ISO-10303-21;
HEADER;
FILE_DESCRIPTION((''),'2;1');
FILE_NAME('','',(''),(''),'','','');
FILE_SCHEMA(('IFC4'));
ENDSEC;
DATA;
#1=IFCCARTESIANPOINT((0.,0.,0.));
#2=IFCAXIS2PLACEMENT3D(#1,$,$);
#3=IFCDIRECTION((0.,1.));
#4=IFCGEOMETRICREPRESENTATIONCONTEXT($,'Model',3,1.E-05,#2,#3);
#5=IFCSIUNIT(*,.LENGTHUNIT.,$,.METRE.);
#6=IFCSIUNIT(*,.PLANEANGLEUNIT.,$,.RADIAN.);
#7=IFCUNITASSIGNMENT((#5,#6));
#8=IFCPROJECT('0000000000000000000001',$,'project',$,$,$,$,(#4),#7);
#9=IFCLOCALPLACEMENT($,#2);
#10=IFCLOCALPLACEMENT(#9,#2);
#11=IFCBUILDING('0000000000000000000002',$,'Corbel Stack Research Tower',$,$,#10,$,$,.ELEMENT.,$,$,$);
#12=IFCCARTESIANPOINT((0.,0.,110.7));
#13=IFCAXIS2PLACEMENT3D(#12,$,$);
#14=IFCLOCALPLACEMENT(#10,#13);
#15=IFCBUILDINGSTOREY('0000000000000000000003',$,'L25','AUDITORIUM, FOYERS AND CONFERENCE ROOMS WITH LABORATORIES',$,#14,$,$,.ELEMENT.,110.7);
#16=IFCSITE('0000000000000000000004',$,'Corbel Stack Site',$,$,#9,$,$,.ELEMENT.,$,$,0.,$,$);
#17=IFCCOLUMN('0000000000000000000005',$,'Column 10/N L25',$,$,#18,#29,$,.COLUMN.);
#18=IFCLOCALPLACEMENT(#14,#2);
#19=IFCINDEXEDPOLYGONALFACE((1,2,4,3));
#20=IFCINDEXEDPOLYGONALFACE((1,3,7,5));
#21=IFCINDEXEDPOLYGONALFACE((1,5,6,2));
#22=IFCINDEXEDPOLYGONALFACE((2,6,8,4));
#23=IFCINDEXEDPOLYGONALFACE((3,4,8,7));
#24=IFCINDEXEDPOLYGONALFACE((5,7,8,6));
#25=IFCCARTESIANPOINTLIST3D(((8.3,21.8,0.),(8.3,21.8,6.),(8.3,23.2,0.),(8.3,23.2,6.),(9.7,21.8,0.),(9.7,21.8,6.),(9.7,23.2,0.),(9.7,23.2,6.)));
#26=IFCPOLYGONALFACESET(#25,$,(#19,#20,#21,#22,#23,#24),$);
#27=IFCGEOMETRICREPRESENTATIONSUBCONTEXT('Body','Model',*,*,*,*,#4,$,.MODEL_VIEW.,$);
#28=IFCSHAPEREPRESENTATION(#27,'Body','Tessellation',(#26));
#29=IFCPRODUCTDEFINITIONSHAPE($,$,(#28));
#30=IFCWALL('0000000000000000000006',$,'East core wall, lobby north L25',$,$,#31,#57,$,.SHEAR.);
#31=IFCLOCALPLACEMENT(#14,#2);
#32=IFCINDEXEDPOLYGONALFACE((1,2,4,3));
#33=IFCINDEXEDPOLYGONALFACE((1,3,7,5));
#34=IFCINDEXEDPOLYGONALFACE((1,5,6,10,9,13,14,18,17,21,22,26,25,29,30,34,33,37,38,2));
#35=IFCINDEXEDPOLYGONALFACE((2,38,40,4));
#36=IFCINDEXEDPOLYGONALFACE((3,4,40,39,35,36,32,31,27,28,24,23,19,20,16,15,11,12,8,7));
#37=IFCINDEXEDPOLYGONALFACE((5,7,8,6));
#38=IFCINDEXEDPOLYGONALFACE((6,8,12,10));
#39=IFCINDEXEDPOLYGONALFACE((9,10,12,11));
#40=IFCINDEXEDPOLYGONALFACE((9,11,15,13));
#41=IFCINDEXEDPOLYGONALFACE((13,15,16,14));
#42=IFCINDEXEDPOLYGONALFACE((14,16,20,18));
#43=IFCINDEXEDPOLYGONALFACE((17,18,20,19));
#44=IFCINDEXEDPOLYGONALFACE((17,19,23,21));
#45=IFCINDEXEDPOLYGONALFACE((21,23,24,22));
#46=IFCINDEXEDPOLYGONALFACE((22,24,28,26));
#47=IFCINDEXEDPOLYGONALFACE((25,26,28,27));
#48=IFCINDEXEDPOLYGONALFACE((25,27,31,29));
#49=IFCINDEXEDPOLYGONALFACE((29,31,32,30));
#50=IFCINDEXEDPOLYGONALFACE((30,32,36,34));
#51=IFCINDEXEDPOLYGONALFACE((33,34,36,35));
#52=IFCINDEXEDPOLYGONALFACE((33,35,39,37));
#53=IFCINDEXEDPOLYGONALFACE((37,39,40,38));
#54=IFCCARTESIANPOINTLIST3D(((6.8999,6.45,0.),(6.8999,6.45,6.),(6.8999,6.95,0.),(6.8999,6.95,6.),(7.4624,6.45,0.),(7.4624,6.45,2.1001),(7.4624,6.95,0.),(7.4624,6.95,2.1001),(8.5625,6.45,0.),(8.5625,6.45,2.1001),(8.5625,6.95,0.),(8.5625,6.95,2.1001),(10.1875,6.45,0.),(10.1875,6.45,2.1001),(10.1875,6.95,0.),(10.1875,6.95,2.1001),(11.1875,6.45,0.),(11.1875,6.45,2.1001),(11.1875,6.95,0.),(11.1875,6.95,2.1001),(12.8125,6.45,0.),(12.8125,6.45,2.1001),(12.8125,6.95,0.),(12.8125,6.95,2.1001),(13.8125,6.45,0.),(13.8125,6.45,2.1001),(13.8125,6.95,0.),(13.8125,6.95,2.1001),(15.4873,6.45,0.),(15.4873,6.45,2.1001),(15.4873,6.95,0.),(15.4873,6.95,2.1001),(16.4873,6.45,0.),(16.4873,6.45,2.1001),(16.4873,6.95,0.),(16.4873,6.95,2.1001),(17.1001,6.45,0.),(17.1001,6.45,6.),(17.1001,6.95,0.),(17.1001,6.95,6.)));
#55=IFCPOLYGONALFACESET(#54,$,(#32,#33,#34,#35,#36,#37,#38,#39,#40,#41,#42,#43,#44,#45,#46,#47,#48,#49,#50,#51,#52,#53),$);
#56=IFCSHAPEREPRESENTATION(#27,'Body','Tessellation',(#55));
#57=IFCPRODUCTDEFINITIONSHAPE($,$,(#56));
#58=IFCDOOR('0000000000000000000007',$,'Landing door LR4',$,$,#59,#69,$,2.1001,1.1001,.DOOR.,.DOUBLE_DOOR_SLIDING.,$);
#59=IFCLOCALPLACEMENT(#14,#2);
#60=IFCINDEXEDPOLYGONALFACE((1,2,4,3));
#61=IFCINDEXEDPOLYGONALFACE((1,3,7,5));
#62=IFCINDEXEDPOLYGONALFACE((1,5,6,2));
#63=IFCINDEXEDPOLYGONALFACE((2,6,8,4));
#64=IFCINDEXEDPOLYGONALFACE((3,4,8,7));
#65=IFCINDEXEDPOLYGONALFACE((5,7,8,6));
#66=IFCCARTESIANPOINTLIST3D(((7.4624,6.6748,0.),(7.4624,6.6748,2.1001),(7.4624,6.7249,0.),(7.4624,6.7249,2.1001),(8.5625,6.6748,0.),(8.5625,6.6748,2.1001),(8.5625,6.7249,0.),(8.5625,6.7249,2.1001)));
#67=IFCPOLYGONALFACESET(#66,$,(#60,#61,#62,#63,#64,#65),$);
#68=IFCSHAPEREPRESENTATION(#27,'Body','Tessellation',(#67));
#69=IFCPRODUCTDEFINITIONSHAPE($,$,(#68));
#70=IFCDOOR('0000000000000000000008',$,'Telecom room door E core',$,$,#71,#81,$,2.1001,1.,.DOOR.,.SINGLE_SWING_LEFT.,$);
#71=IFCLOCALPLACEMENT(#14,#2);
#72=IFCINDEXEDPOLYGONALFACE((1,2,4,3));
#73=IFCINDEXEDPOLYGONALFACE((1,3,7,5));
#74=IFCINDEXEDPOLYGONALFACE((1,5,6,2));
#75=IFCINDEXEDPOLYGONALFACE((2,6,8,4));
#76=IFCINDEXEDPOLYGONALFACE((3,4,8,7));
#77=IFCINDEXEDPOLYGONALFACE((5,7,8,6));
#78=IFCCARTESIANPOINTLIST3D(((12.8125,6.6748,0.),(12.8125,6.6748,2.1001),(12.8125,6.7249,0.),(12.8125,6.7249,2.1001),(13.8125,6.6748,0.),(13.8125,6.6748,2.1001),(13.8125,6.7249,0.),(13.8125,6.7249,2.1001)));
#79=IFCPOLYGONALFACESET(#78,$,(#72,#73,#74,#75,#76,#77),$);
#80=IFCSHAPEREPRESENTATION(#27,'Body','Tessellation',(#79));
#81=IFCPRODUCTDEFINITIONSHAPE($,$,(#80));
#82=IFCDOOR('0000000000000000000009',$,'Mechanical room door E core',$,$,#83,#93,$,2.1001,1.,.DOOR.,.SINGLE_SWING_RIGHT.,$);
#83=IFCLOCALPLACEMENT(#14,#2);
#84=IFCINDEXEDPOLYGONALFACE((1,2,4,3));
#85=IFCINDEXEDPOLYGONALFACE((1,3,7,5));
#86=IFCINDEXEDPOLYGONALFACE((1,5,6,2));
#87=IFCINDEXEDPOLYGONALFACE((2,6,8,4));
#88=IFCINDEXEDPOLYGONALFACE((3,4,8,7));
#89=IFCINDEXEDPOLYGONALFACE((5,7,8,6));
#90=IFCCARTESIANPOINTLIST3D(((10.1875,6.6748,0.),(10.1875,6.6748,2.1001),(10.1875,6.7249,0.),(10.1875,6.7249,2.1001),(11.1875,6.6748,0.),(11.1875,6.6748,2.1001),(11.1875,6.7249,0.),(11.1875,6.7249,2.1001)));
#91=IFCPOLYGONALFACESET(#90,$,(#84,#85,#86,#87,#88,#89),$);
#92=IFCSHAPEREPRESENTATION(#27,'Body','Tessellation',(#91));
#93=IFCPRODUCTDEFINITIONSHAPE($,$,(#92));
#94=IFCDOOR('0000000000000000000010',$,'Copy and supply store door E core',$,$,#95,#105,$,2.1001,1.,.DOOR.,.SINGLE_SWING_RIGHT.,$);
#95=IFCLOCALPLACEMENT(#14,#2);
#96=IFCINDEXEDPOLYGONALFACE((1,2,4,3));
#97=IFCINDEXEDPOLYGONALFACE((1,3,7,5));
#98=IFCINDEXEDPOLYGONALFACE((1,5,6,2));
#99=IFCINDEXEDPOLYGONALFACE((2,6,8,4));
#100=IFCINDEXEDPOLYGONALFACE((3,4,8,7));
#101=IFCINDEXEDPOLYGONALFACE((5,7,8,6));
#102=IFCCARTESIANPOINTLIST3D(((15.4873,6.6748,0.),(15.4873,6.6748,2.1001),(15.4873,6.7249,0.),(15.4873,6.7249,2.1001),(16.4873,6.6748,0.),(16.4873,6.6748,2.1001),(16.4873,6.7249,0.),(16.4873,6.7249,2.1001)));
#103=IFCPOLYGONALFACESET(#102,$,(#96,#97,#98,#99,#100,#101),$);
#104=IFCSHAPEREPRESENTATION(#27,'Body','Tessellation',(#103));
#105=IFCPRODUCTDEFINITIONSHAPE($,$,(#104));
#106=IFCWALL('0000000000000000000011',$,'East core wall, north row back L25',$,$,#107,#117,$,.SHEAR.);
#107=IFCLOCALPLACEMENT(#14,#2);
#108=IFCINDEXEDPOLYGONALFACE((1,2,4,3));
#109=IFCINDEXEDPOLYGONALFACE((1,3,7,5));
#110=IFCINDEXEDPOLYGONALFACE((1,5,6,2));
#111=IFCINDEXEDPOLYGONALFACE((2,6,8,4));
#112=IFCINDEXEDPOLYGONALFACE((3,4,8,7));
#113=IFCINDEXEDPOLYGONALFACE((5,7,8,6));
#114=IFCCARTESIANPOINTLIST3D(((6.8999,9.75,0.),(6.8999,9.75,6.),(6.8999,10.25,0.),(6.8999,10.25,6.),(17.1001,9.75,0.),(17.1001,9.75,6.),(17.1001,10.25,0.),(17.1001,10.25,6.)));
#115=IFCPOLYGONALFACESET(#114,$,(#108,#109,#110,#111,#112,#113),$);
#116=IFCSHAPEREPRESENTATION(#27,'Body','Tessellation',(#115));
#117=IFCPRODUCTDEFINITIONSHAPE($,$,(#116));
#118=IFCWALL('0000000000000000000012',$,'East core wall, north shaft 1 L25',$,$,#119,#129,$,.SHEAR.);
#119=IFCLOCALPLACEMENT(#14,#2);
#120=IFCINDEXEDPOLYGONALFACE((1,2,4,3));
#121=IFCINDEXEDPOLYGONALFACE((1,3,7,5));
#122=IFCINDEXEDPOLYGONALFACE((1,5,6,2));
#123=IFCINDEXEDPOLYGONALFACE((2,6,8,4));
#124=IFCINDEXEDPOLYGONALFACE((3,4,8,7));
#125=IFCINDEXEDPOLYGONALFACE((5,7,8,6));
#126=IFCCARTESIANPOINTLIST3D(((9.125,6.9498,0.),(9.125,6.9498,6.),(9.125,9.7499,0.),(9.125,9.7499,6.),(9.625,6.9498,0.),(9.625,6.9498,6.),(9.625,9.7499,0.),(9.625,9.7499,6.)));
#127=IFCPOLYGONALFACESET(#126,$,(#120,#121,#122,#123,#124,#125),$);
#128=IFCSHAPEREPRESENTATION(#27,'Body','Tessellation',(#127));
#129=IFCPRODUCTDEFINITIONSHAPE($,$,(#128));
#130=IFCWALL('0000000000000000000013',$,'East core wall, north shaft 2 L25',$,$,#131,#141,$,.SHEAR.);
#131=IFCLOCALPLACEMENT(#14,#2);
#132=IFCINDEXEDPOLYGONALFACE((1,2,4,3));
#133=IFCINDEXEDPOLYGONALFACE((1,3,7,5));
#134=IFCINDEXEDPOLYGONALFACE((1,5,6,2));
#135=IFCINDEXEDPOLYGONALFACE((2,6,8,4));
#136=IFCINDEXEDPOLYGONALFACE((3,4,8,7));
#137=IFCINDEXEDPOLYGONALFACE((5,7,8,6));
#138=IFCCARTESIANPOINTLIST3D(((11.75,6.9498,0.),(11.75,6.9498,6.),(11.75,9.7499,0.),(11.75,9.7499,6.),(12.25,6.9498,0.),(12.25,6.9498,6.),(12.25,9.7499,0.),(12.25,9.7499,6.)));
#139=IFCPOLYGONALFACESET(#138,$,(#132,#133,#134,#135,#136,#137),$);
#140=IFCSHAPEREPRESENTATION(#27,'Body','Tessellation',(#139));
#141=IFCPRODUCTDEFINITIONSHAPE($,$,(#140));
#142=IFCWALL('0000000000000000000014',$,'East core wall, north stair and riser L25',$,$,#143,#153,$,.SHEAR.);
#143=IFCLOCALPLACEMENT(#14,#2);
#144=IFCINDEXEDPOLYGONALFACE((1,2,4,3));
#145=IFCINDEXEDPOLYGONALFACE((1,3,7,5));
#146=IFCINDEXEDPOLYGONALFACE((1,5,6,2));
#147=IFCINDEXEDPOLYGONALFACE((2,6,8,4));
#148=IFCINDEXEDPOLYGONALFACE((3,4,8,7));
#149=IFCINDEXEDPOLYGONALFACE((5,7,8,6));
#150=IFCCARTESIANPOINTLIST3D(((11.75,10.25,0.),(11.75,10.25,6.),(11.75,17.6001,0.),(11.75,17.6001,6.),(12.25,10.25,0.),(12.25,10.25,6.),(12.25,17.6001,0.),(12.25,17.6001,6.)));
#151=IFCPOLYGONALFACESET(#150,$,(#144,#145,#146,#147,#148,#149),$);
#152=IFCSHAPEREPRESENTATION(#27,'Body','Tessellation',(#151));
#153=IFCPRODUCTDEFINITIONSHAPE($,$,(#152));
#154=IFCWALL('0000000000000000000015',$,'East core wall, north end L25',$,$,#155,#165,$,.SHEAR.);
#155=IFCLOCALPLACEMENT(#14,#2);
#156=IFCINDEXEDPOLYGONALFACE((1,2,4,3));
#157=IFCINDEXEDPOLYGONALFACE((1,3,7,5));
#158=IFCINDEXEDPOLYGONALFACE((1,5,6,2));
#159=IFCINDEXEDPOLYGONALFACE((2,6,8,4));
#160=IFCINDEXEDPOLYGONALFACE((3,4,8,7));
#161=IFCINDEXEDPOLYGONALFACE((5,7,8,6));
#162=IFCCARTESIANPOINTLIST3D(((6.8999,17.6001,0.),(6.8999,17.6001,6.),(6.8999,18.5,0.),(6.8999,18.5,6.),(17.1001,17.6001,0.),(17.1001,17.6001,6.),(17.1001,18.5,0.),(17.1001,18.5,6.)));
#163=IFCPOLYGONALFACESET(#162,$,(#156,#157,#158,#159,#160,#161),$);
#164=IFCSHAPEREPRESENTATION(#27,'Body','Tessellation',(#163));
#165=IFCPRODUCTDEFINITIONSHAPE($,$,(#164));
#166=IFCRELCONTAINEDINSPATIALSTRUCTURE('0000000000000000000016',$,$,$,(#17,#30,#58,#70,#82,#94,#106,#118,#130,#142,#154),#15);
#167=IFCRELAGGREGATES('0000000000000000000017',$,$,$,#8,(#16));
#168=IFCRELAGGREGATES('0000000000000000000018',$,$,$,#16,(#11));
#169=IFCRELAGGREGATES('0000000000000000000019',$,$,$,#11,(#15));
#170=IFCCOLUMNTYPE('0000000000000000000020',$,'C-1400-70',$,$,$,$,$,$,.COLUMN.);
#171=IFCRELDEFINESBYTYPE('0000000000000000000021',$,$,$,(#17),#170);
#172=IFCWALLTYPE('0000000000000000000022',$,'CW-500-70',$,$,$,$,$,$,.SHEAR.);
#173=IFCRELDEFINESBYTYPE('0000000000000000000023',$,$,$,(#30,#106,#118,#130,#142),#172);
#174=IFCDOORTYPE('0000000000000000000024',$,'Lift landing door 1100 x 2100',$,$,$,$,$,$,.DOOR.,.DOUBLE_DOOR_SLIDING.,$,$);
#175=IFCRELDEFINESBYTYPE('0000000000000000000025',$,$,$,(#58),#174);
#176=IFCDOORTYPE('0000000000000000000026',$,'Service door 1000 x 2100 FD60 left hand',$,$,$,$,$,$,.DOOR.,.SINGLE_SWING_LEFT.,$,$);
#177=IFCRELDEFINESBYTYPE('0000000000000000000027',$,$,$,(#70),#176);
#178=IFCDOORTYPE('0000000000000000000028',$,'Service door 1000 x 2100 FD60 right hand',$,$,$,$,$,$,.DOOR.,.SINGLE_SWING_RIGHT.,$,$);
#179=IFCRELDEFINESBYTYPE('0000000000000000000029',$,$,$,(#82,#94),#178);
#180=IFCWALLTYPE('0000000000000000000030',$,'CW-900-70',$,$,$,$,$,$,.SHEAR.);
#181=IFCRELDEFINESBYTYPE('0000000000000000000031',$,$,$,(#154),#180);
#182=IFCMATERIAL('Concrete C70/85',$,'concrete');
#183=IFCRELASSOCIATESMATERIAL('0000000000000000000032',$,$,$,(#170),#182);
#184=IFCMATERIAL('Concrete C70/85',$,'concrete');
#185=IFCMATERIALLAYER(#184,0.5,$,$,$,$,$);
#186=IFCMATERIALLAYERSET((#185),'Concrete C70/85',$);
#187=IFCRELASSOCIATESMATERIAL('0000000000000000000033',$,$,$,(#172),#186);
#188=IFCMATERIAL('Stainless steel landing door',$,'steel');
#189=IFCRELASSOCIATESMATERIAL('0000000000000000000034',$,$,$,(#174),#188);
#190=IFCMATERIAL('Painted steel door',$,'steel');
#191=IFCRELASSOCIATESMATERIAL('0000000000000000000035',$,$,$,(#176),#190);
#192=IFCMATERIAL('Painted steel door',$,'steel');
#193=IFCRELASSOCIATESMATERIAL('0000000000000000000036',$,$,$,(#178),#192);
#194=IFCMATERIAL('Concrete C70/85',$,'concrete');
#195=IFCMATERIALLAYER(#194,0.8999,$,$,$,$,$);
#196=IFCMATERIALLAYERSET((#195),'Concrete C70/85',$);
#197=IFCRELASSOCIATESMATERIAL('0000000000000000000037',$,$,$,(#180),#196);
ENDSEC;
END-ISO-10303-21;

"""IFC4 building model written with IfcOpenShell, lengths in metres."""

from ifc_helpers import new_model, si_unit, direction, frame, frame_2d, origin, origin_2d, place, context, subcontext, project, spatial, rectangle, extrude, material, layer, layer_set, material_profile, profile_set, type_object, element, fill, save


model = new_model("IFC4")

# Units and contexts
model_context = context("Model", 3, precision=1e-05, world=origin(), true_north=direction((0.0, 1.0)))
body_context = subcontext(model_context, "Body", "Model", "MODEL_VIEW")
ifc_project = project(units=[si_unit("LENGTHUNIT", "METRE"), si_unit("PLANEANGLEUNIT", "RADIAN")], contexts=[model_context])

# Site, building, storey
site_placement = place(None, origin())
site = spatial("IfcSite", under=ifc_project, at=site_placement, Name="Corbel Stack Site", CompositionType="ELEMENT", RefElevation=0.0)
building_placement = place(site_placement, origin())
building = spatial("IfcBuilding", under=site, at=building_placement, Name="Corbel Stack Research Tower", CompositionType="ELEMENT")
storey_placement = place(building_placement, frame((0.0, 0.0, 110.7)))
storey = spatial("IfcBuildingStorey", under=building, at=storey_placement, Name="L25", Description="AUDITORIUM, FOYERS AND CONFERENCE ROOMS WITH LABORATORIES", CompositionType="ELEMENT", Elevation=110.7)

# Column
ifc_material_1 = material(Name="Concrete C70/85", Category="concrete")
ifc_material_profile = material_profile(ifc_material_1, rectangle(XDim=1.3999, YDim=1.3999, at=origin_2d()), Name="RC 1400 x 1400")
ifc_profile_set = profile_set([ifc_material_profile], Name="Concrete C70/85")
column_type = type_object("IfcColumnType", Name="C-1400-70", PredefinedType="COLUMN", material=ifc_profile_set)
column_placement = place(storey_placement, frame((9.0, 22.5, 0.0), z_axis=(0.0, 0.0, 1.0), x_axis=(1.0, 0.0, 0.0)))
element("IfcColumn", 1, at=column_placement, inside=storey, type_object=column_type, Name="Column 10/N L25", PredefinedType="COLUMN", context=body_context, shape_type="SweptSolid", body=[
    extrude(rectangle(XDim=1.3999, YDim=1.3999, at=origin_2d()), origin(), (0.0, 0.0, 1.0), 6.0),
])

# Wall, openings, doors
ifc_material_2 = material(Name="Concrete C70/85", Category="concrete")
ifc_layer_1 = layer(ifc_material_2, 0.5)
ifc_layer_set_1 = layer_set([ifc_layer_1], Name="Concrete C70/85")
wall_type_1 = type_object("IfcWallType", Name="CW-500-70", PredefinedType="SHEAR", material=ifc_layer_set_1)
wall_1_placement = place(storey_placement, frame((6.8999, 6.7, 0.0), z_axis=(0.0, 0.0, 1.0), x_axis=(1.0, 0.0, 0.0)))
wall_1 = element("IfcWall", 2, at=wall_1_placement, inside=storey, type_object=wall_type_1, Name="East core wall, lobby north L25", PredefinedType="SHEAR", context=body_context, shape_type="SweptSolid", body=[
    extrude(rectangle(XDim=10.2002, YDim=0.5, at=frame_2d((5.1001, 0.0))), origin(), (0.0, 0.0, 1.0), 6.0),
])
opening_1_placement = place(wall_1_placement, frame((0.5625, 0.0, 0.0)))
opening_1 = element("IfcOpeningElement", 3, at=opening_1_placement, cuts=wall_1, PredefinedType="OPENING", context=body_context, shape_type="SweptSolid", body=[
    extrude(rectangle(XDim=1.1001, YDim=2.1001, at=frame_2d((0.55, 1.05))), frame((0.0, 0.26, 0.0), z_axis=(0.0, -1.0, 0.0), x_axis=(1.0, 0.0, 0.0)), (0.0, 0.0, 1.0), 0.52),
])
opening_2_placement = place(wall_1_placement, frame((3.2876, 0.0, 0.0)))
opening_2 = element("IfcOpeningElement", 4, at=opening_2_placement, cuts=wall_1, PredefinedType="OPENING", context=body_context, shape_type="SweptSolid", body=[
    extrude(rectangle(XDim=1.0, YDim=2.1001, at=frame_2d((0.5, 1.05))), frame((0.0, 0.26, 0.0), z_axis=(0.0, -1.0, 0.0), x_axis=(1.0, 0.0, 0.0)), (0.0, 0.0, 1.0), 0.52),
])
opening_3_placement = place(wall_1_placement, frame((5.9126, 0.0, 0.0)))
opening_3 = element("IfcOpeningElement", 5, at=opening_3_placement, cuts=wall_1, PredefinedType="OPENING", context=body_context, shape_type="SweptSolid", body=[
    extrude(rectangle(XDim=1.0, YDim=2.1001, at=frame_2d((0.5, 1.05))), frame((0.0, 0.26, 0.0), z_axis=(0.0, -1.0, 0.0), x_axis=(1.0, 0.0, 0.0)), (0.0, 0.0, 1.0), 0.52),
])
opening_4_placement = place(wall_1_placement, frame((8.5874, 0.0, 0.0)))
opening_4 = element("IfcOpeningElement", 6, at=opening_4_placement, cuts=wall_1, PredefinedType="OPENING", context=body_context, shape_type="SweptSolid", body=[
    extrude(rectangle(XDim=1.0, YDim=2.1001, at=frame_2d((0.5, 1.05))), frame((0.0, 0.26, 0.0), z_axis=(0.0, -1.0, 0.0), x_axis=(1.0, 0.0, 0.0)), (0.0, 0.0, 1.0), 0.52),
])
ifc_material_3 = material(Name="Stainless steel landing door", Category="steel")
door_type_1 = type_object("IfcDoorType", Name="Lift landing door 1100 x 2100", OperationType="DOUBLE_DOOR_SLIDING", PredefinedType="DOOR", material=ifc_material_3)
door_1_placement = place(opening_1_placement, origin())
door_1 = element("IfcDoor", 7, at=door_1_placement, inside=storey, type_object=door_type_1, Name="Landing door LR4", OperationType="DOUBLE_DOOR_SLIDING", OverallHeight=2.1001, OverallWidth=1.1001, PredefinedType="DOOR", context=body_context, shape_type="SweptSolid", body=[
    extrude(rectangle(XDim=1.1001, YDim=2.1001, at=frame_2d((0.55, 1.05))), frame((0.0, 0.0249, 0.0), z_axis=(0.0, -1.0, 0.0), x_axis=(1.0, 0.0, 0.0)), (0.0, 0.0, 1.0), 0.05),
])
fill(opening_1, door_1)
ifc_material_4 = material(Name="Painted steel door", Category="steel")
door_type_2 = type_object("IfcDoorType", Name="Service door 1000 x 2100 FD60 left hand", OperationType="SINGLE_SWING_LEFT", PredefinedType="DOOR", material=ifc_material_4)
door_2_placement = place(opening_3_placement, origin())
door_2 = element("IfcDoor", 8, at=door_2_placement, inside=storey, type_object=door_type_2, Name="Telecom room door E core", OperationType="SINGLE_SWING_LEFT", OverallHeight=2.1001, OverallWidth=1.0, PredefinedType="DOOR", context=body_context, shape_type="SweptSolid", body=[
    extrude(rectangle(XDim=1.0, YDim=2.1001, at=frame_2d((0.5, 1.05))), frame((0.0, 0.0249, 0.0), z_axis=(0.0, -1.0, 0.0), x_axis=(1.0, 0.0, 0.0)), (0.0, 0.0, 1.0), 0.05),
])
fill(opening_3, door_2)
ifc_material_5 = material(Name="Painted steel door", Category="steel")
door_type_3 = type_object("IfcDoorType", Name="Service door 1000 x 2100 FD60 right hand", OperationType="SINGLE_SWING_RIGHT", PredefinedType="DOOR", material=ifc_material_5)
door_3_placement = place(opening_2_placement, origin())
door_3 = element("IfcDoor", 9, at=door_3_placement, inside=storey, type_object=door_type_3, Name="Mechanical room door E core", OperationType="SINGLE_SWING_RIGHT", OverallHeight=2.1001, OverallWidth=1.0, PredefinedType="DOOR", context=body_context, shape_type="SweptSolid", body=[
    extrude(rectangle(XDim=1.0, YDim=2.1001, at=frame_2d((0.5, 1.05))), frame((0.0, 0.0249, 0.0), z_axis=(0.0, -1.0, 0.0), x_axis=(1.0, 0.0, 0.0)), (0.0, 0.0, 1.0), 0.05),
])
fill(opening_2, door_3)
door_4_placement = place(opening_4_placement, origin())
door_4 = element("IfcDoor", 10, at=door_4_placement, inside=storey, type_object=door_type_3, Name="Copy and supply store door E core", OperationType="SINGLE_SWING_RIGHT", OverallHeight=2.1001, OverallWidth=1.0, PredefinedType="DOOR", context=body_context, shape_type="SweptSolid", body=[
    extrude(rectangle(XDim=1.0, YDim=2.1001, at=frame_2d((0.5, 1.05))), frame((0.0, 0.0249, 0.0), z_axis=(0.0, -1.0, 0.0), x_axis=(1.0, 0.0, 0.0)), (0.0, 0.0, 1.0), 0.05),
])
fill(opening_4, door_4)

# Walls
wall_2_placement = place(storey_placement, frame((6.8999, 10.0, 0.0), z_axis=(0.0, 0.0, 1.0), x_axis=(1.0, 0.0, 0.0)))
element("IfcWall", 11, at=wall_2_placement, inside=storey, type_object=wall_type_1, Name="East core wall, north row back L25", PredefinedType="SHEAR", context=body_context, shape_type="SweptSolid", body=[
    extrude(rectangle(XDim=10.2002, YDim=0.5, at=frame_2d((5.1001, 0.0))), origin(), (0.0, 0.0, 1.0), 6.0),
])
for number, where, z_axis, x_axis, name in (
    (12, (9.375, 6.95, 0.0), (0.0, 0.0, 1.0), (0.0, 1.0, 0.0), "East core wall, north shaft 1 L25"),
    (13, (12.0, 6.95, 0.0), (0.0, 0.0, 1.0), (0.0, 1.0, 0.0), "East core wall, north shaft 2 L25"),
):
    element("IfcWall", number, at=place(storey_placement, frame(where, z_axis=z_axis, x_axis=x_axis)), inside=storey, type_object=wall_type_1, Name=name, PredefinedType="SHEAR", context=body_context, shape_type="SweptSolid", body=[
        extrude(rectangle(XDim=2.8, YDim=0.5, at=frame_2d((1.3999, 0.0))), origin(), (0.0, 0.0, 1.0), 6.0),
    ])
wall_3_placement = place(storey_placement, frame((12.0, 10.25, 0.0), z_axis=(0.0, 0.0, 1.0), x_axis=(0.0, 1.0, 0.0)))
element("IfcWall", 14, at=wall_3_placement, inside=storey, type_object=wall_type_1, Name="East core wall, north stair and riser L25", PredefinedType="SHEAR", context=body_context, shape_type="SweptSolid", body=[
    extrude(rectangle(XDim=7.3501, YDim=0.5, at=frame_2d((3.675, 0.0))), origin(), (0.0, 0.0, 1.0), 6.0),
])
ifc_material_6 = material(Name="Concrete C70/85", Category="concrete")
ifc_layer_2 = layer(ifc_material_6, 0.8999)
ifc_layer_set_2 = layer_set([ifc_layer_2], Name="Concrete C70/85")
wall_type_2 = type_object("IfcWallType", Name="CW-900-70", PredefinedType="SHEAR", material=ifc_layer_set_2)
wall_4_placement = place(storey_placement, frame((6.8999, 18.05, 0.0), z_axis=(0.0, 0.0, 1.0), x_axis=(1.0, 0.0, 0.0)))
element("IfcWall", 15, at=wall_4_placement, inside=storey, type_object=wall_type_2, Name="East core wall, north end L25", PredefinedType="SHEAR", context=body_context, shape_type="SweptSolid", body=[
    extrude(rectangle(XDim=10.2002, YDim=0.8999, at=frame_2d((5.1001, 0.0))), origin(), (0.0, 0.0, 1.0), 6.0),
])

save(model, "model.ifc")
